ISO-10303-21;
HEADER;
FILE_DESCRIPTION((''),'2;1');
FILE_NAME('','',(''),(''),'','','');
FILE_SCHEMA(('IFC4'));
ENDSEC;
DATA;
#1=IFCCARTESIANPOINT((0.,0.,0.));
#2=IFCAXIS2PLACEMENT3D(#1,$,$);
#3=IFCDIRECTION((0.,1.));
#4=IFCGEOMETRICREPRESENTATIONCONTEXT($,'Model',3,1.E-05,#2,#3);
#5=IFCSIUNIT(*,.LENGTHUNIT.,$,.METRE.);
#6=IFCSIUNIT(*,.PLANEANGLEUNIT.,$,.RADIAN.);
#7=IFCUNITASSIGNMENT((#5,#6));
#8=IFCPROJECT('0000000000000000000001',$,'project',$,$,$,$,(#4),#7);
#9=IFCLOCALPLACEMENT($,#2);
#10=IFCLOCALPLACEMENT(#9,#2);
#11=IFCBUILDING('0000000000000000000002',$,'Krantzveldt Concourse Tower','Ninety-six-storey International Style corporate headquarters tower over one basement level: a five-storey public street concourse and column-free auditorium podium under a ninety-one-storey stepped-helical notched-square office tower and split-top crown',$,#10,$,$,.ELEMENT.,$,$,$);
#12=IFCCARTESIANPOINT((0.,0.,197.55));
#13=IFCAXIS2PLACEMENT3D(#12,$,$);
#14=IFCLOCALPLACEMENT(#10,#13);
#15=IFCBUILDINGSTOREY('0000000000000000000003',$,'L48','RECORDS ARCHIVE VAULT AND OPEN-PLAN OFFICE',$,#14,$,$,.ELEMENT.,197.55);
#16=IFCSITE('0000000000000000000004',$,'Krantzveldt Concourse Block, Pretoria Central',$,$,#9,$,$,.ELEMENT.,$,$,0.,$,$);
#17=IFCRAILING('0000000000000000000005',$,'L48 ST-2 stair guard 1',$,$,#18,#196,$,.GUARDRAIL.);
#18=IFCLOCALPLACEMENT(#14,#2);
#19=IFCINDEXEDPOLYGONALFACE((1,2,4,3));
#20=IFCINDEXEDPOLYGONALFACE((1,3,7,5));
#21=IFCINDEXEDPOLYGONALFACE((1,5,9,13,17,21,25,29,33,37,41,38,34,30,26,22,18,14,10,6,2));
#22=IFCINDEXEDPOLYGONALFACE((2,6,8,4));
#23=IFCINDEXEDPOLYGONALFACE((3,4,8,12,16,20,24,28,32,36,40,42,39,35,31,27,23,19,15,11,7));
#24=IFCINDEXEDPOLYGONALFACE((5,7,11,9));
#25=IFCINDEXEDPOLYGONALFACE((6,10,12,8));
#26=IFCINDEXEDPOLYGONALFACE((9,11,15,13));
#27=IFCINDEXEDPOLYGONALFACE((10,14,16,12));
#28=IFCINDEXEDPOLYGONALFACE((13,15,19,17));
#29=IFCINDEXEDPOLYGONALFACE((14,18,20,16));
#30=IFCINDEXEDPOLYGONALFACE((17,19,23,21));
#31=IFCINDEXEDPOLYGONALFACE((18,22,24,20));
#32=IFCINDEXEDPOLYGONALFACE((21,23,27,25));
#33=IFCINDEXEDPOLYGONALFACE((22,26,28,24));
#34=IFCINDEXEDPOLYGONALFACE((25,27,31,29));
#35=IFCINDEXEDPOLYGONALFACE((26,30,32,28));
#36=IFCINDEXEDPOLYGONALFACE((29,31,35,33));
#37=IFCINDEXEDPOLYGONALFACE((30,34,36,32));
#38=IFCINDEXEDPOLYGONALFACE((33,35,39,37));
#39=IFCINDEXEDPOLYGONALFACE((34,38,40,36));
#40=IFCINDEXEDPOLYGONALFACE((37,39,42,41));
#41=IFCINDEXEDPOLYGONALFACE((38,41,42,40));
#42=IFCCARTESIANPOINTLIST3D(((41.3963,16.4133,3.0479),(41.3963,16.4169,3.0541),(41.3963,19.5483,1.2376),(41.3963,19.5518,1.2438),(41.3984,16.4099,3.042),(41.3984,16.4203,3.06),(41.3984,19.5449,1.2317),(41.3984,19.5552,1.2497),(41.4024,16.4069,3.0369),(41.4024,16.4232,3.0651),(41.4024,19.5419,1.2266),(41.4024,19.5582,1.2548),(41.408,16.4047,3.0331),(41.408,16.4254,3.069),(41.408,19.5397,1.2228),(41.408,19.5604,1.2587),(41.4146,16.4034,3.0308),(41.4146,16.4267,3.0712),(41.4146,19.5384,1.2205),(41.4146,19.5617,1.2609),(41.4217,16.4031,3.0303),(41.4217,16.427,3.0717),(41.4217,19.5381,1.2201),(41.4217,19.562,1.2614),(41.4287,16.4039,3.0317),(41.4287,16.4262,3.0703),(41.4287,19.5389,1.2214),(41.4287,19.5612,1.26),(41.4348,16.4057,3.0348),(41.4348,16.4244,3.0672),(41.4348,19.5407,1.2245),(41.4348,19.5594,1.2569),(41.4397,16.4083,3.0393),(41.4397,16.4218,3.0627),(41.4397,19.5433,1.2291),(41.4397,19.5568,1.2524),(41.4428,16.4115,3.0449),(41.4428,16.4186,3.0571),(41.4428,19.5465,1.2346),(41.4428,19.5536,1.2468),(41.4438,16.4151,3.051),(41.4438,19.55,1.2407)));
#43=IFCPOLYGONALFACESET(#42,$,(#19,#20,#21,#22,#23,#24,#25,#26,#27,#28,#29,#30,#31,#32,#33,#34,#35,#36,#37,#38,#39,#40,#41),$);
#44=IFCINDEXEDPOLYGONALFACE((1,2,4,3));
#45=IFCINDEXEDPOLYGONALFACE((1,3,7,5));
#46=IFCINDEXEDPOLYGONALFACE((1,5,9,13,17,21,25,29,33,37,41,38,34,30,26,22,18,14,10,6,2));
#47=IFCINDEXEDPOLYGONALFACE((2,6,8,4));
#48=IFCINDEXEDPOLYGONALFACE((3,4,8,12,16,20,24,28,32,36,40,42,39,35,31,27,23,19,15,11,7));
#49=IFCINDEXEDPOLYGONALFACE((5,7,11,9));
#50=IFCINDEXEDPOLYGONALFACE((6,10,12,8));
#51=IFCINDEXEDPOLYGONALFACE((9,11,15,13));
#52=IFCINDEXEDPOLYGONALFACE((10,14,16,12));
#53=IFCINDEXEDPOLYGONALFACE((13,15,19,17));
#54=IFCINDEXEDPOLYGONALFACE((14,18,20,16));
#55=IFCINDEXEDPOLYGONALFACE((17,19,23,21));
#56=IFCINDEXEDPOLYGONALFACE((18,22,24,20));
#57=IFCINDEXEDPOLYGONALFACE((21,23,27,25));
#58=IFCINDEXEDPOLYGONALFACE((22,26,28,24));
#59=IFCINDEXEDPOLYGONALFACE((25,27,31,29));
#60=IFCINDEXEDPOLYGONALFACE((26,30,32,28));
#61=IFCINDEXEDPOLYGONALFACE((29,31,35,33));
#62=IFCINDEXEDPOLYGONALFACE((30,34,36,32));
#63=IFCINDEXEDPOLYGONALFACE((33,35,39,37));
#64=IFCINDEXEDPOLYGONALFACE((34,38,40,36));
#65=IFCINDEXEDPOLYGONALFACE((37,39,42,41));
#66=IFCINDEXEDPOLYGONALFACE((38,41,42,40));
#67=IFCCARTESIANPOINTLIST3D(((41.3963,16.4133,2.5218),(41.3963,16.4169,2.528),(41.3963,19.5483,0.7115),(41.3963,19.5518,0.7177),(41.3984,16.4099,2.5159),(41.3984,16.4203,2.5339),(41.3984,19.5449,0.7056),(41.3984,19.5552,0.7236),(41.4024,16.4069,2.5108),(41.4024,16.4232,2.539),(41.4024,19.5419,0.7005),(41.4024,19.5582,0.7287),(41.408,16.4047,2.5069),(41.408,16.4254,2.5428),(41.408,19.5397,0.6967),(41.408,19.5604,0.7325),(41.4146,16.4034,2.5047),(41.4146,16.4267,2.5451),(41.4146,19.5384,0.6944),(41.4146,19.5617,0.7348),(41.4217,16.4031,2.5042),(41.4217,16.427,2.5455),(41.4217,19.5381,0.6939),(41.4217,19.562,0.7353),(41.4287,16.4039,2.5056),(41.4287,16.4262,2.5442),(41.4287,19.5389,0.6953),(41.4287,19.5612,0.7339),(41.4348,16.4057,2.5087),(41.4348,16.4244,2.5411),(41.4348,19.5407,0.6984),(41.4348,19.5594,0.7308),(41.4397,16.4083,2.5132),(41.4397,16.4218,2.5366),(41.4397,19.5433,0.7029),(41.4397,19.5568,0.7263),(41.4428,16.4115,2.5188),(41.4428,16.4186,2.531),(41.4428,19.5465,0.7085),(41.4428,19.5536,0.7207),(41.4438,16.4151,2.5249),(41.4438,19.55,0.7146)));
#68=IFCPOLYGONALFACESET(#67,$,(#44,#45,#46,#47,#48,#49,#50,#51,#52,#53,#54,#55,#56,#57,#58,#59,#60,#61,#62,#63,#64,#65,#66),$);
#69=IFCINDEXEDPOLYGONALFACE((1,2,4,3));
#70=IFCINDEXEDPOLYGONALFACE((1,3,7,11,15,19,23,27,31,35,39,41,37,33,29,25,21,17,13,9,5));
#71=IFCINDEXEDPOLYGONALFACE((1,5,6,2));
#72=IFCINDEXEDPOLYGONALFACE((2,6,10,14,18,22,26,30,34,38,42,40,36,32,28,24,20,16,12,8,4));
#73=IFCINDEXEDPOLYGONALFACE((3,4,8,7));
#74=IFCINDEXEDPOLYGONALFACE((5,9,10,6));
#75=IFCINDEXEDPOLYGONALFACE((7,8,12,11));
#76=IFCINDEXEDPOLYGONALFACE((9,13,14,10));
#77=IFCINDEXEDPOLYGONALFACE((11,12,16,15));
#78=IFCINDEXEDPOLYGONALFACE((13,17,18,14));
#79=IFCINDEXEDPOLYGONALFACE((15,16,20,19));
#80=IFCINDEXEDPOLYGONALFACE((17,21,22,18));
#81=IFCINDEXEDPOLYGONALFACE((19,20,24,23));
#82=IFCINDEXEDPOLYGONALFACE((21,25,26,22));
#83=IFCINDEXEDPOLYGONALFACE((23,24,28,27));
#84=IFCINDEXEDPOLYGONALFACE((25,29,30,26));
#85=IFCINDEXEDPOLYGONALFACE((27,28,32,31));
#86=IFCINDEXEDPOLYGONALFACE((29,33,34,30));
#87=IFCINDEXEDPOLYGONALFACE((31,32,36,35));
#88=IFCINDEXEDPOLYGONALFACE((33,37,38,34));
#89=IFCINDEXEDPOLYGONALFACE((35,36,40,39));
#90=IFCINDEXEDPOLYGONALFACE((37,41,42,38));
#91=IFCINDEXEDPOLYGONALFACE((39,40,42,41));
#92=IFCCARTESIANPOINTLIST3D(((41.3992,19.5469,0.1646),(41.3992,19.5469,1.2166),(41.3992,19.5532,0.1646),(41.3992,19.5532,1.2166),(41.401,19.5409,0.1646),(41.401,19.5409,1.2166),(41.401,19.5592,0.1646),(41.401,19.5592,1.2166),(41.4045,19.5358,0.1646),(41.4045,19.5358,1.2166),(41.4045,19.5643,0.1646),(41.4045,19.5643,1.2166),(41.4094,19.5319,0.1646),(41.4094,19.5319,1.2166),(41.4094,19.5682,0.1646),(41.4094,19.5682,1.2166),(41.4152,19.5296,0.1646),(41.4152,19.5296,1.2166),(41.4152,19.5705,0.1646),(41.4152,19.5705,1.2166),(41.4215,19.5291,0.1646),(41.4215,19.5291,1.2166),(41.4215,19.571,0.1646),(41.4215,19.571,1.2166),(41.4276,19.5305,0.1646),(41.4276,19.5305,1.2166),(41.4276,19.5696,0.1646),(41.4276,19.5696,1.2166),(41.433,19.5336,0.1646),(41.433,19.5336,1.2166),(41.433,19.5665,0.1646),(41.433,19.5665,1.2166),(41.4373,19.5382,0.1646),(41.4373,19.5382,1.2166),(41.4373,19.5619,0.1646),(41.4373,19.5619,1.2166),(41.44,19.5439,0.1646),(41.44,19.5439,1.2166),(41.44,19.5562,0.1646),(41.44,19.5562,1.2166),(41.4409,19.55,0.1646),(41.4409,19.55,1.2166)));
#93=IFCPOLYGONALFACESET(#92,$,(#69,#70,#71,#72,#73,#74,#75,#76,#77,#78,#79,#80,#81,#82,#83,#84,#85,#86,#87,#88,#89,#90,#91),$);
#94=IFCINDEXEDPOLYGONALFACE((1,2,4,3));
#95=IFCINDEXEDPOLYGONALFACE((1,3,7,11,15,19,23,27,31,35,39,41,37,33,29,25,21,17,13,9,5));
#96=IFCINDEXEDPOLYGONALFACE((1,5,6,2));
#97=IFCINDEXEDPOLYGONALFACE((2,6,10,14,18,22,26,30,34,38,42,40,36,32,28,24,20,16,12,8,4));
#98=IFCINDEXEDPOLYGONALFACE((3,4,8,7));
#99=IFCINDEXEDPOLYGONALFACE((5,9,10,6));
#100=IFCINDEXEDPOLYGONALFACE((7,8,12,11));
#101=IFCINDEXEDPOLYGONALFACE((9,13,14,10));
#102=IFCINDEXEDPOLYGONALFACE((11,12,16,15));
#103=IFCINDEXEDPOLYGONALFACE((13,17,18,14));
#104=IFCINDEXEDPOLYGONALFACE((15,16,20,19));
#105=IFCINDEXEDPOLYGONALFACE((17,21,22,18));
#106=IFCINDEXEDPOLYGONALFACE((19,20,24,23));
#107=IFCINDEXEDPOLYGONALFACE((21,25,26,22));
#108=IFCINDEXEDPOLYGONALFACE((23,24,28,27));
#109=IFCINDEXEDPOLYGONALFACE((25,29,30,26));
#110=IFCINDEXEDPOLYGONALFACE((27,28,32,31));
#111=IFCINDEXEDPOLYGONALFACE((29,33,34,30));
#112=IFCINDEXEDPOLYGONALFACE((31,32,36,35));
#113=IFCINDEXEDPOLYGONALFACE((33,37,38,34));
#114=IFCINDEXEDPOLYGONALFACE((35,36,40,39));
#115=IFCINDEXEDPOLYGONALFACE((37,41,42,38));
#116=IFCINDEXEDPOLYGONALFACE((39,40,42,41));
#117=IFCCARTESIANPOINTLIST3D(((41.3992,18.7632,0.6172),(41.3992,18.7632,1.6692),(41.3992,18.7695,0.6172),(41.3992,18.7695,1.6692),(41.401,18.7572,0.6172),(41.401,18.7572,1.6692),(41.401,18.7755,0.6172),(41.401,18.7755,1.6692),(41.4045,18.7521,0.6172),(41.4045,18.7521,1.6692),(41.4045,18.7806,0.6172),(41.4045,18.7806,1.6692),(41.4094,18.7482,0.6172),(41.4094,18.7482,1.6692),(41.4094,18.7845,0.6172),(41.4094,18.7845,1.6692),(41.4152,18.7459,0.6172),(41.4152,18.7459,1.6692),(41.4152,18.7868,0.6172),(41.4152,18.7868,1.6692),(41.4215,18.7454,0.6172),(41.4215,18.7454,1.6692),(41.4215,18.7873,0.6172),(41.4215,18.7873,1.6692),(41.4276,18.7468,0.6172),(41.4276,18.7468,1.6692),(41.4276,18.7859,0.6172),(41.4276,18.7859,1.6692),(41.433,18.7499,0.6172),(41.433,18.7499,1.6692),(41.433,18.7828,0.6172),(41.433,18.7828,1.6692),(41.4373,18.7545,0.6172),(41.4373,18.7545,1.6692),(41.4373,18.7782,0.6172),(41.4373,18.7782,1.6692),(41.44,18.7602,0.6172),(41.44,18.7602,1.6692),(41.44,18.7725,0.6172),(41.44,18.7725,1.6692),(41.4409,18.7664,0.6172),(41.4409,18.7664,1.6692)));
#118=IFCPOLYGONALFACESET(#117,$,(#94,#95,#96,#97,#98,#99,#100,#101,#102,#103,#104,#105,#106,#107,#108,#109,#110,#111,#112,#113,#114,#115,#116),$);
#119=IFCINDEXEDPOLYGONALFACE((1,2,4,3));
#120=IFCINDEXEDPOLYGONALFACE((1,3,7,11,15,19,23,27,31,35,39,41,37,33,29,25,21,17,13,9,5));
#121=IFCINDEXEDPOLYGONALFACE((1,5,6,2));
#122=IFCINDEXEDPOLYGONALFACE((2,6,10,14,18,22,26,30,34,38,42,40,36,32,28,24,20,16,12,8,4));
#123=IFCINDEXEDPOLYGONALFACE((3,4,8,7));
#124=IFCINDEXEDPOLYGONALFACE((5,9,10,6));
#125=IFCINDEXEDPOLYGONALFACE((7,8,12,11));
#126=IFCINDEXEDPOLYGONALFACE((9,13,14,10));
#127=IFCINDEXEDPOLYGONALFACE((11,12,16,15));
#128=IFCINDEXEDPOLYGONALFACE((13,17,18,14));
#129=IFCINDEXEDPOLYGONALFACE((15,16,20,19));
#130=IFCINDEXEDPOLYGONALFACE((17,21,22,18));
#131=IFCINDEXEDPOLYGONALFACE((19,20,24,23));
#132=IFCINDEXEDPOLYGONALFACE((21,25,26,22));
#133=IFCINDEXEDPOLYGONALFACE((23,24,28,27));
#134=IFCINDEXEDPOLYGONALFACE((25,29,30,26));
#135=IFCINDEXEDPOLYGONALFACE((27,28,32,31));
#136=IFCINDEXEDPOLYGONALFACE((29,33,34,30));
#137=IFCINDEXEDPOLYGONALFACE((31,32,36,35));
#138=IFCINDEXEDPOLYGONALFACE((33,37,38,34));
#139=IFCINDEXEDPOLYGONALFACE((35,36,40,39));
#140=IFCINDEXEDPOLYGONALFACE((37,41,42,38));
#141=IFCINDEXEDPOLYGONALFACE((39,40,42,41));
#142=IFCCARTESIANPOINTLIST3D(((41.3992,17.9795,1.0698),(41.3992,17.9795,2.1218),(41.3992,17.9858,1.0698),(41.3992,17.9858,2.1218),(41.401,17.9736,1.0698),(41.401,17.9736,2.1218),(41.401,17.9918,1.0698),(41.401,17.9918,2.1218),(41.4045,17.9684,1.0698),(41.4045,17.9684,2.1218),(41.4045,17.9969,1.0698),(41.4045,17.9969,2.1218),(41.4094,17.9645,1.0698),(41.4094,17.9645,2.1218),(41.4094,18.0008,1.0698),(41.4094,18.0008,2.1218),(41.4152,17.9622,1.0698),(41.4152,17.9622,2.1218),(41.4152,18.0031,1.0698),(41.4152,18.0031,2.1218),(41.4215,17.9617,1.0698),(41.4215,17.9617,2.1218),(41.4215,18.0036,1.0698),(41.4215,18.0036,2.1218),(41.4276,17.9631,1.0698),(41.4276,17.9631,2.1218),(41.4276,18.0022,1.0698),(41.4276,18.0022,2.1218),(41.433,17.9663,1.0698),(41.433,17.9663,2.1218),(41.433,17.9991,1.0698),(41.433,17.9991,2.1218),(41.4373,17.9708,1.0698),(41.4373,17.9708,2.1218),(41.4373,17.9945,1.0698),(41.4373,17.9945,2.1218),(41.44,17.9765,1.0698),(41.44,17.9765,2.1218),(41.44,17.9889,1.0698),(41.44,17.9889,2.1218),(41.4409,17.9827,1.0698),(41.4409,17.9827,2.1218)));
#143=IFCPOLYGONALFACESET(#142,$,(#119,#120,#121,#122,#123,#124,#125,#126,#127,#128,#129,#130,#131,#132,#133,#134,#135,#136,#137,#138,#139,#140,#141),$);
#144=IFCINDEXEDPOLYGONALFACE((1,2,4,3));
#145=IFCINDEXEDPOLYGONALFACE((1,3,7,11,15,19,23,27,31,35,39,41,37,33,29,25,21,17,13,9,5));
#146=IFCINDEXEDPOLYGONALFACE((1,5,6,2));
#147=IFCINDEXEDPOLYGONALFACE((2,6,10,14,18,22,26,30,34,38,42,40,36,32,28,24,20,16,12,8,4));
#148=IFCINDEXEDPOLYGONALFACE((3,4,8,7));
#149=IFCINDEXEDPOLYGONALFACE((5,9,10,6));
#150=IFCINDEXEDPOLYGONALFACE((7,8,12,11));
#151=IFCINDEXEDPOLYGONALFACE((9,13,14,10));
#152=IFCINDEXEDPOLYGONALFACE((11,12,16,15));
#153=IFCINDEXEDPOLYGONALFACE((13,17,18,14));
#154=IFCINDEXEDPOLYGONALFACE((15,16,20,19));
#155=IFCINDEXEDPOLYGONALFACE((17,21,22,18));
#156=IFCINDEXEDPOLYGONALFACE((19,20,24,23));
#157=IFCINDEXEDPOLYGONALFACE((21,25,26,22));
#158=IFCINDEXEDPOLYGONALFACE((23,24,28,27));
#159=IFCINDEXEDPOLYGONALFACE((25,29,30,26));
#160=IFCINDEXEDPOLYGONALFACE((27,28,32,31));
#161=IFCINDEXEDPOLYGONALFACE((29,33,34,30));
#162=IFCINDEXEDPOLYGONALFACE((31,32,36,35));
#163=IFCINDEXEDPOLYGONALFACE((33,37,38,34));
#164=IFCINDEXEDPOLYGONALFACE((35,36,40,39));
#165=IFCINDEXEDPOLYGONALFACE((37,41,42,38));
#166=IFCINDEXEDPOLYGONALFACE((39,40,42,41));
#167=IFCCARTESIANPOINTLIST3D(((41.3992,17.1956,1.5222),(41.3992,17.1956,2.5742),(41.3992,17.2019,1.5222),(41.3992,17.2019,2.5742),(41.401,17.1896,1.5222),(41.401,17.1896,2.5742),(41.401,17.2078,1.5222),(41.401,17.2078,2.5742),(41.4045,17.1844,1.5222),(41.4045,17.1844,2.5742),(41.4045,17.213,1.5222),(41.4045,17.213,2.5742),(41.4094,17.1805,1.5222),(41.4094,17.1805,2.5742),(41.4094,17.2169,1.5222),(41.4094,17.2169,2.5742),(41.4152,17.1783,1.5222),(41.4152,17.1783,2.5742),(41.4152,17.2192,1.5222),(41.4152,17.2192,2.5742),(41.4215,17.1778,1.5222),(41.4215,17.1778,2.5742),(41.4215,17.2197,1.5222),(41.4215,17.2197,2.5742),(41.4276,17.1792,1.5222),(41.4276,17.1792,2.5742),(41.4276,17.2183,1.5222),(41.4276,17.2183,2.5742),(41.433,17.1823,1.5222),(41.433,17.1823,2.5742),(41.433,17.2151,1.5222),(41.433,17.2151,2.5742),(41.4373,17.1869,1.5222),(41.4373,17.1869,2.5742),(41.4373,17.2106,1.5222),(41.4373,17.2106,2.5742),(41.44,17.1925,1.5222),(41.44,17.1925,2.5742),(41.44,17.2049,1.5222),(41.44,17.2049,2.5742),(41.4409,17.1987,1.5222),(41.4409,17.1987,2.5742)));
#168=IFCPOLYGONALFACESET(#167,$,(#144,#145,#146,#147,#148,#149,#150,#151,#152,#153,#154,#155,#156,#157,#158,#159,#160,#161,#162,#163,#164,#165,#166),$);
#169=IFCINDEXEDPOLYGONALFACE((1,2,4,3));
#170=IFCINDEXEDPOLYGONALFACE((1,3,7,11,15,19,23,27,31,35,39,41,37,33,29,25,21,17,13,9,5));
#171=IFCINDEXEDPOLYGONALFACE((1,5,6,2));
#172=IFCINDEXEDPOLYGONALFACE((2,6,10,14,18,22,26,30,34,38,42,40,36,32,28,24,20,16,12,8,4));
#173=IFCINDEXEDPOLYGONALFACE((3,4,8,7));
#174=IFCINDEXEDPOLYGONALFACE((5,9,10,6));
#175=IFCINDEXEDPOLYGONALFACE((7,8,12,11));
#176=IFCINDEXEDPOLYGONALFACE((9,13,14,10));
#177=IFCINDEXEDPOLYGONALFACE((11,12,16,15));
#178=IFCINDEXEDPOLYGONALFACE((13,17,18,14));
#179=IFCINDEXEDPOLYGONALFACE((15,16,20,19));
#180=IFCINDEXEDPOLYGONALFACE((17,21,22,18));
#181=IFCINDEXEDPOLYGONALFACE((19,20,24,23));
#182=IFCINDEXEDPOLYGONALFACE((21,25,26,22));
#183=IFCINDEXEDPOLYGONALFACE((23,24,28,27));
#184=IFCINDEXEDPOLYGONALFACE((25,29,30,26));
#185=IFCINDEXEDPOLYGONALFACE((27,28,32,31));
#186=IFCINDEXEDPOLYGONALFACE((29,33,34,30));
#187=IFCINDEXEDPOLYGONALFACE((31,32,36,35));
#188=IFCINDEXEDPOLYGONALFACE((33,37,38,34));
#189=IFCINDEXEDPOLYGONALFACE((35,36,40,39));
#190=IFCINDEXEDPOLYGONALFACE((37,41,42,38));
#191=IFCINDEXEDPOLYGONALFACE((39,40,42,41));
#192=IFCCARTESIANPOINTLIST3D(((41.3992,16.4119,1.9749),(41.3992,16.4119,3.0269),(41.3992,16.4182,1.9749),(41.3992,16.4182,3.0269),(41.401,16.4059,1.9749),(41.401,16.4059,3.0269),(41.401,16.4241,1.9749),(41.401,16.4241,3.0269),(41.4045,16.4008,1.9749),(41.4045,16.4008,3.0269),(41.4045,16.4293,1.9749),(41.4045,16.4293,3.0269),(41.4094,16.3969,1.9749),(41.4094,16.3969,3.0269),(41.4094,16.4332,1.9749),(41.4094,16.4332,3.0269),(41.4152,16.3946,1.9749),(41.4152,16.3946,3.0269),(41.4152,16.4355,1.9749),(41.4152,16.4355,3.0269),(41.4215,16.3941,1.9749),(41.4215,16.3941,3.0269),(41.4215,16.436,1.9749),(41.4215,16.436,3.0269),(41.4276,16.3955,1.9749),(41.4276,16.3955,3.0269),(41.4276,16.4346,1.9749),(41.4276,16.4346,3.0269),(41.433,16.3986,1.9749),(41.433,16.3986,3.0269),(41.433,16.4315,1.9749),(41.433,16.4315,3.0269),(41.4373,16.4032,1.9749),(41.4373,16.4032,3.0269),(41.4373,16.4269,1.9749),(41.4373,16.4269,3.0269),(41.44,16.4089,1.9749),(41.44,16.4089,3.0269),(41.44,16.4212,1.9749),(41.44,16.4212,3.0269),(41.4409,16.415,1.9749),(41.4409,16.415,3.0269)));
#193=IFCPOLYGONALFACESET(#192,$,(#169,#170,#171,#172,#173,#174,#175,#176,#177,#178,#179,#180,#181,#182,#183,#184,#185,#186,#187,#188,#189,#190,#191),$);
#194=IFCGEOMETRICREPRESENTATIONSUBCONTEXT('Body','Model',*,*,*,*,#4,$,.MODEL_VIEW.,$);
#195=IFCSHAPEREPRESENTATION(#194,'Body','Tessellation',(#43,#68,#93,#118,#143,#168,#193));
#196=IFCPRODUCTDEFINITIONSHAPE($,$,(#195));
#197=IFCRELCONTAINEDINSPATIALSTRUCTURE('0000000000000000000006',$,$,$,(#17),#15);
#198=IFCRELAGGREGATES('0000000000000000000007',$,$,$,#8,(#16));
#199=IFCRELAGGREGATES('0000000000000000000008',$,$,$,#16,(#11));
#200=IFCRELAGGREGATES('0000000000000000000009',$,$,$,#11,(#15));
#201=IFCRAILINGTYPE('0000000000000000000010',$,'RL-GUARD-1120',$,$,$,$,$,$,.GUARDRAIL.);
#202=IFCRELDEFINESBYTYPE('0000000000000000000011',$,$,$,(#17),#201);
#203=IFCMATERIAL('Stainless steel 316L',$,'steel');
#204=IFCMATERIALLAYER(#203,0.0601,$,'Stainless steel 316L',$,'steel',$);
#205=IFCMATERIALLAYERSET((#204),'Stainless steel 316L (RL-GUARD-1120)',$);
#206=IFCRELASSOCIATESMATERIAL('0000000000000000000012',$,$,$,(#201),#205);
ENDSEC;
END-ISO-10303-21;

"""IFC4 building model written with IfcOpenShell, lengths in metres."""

from ifc_helpers import new_model, si_unit, direction, frame, origin, origin_2d, place, context, subcontext, project, spatial, circle, extrude, material, layer, layer_set, type_object, element, save


model = new_model("IFC4")

# Units and contexts
model_context = context("Model", 3, precision=1e-05, world=origin(), true_north=direction((0.0, 1.0)))
body_context = subcontext(model_context, "Body", "Model", "MODEL_VIEW")
ifc_project = project(units=[si_unit("LENGTHUNIT", "METRE"), si_unit("PLANEANGLEUNIT", "RADIAN")], contexts=[model_context])

# Site, building, storey
site_placement = place(None, origin())
site = spatial("IfcSite", under=ifc_project, at=site_placement, Name="Krantzveldt Concourse Block, Pretoria Central", CompositionType="ELEMENT", RefElevation=0.0)
building_placement = place(site_placement, origin())
building = spatial("IfcBuilding", under=site, at=building_placement, Name="Krantzveldt Concourse Tower", Description="Ninety-six-storey International Style corporate headquarters tower over one basement level: a five-storey public street concourse and column-free auditorium podium under a ninety-one-storey stepped-helical notched-square office tower and split-top crown", CompositionType="ELEMENT")
storey_placement = place(building_placement, frame((0.0, 0.0, 197.55)))
storey = spatial("IfcBuildingStorey", under=building, at=storey_placement, Name="L48", Description="RECORDS ARCHIVE VAULT AND OPEN-PLAN OFFICE", CompositionType="ELEMENT", Elevation=197.55)

# Shared definitions
ifc_material_1 = material(Name="Stainless steel 316L", Category="steel")

# Railing
ifc_layer_1 = layer(ifc_material_1, 0.0601, Name="Stainless steel 316L", Category="steel")
ifc_layer_set_1 = layer_set([ifc_layer_1], Name="Stainless steel 316L (RL-GUARD-1120)")
railing_type_1 = type_object("IfcRailingType", Name="RL-GUARD-1120", PredefinedType="GUARDRAIL", material=ifc_layer_set_1)
railing_1_placement = place(storey_placement, frame((41.4199, 19.55, 0.1646)))
element("IfcRailing", 1, at=railing_1_placement, inside=storey, type_object=railing_type_1, Name="L48 ST-2 stair guard 1", PredefinedType="GUARDRAIL", context=body_context, shape_type="SweptSolid", body=[
    extrude(circle(Radius=0.0239, at=origin_2d()), frame((0.0, 0.0, 1.0762), z_axis=(0.0, -0.865989, 0.500063), x_axis=(1.0, 0.0, 0.0)), (0.0, 0.0, 1.0), 3.6201),
    extrude(circle(Radius=0.0239, at=origin_2d()), frame((0.0, 0.0, 0.55), z_axis=(0.0, -0.865989, 0.500063), x_axis=(1.0, 0.0, 0.0)), (0.0, 0.0, 1.0), 3.6201),
    extrude(circle(Radius=0.021, at=origin_2d()), origin(), (0.0, 0.0, 1.0), 1.052),
    extrude(circle(Radius=0.021, at=origin_2d()), frame((0.0, -0.7837, 0.4526)), (0.0, 0.0, 1.0), 1.052),
    extrude(circle(Radius=0.021, at=origin_2d()), frame((0.0, -1.5674, 0.9053)), (0.0, 0.0, 1.0), 1.052),
    extrude(circle(Radius=0.021, at=origin_2d()), frame((0.0, -2.3513, 1.3577)), (0.0, 0.0, 1.0), 1.052),
    extrude(circle(Radius=0.021, at=origin_2d()), frame((0.0, -3.135, 1.8103)), (0.0, 0.0, 1.0), 1.052),
])

save(model, "model.ifc")
